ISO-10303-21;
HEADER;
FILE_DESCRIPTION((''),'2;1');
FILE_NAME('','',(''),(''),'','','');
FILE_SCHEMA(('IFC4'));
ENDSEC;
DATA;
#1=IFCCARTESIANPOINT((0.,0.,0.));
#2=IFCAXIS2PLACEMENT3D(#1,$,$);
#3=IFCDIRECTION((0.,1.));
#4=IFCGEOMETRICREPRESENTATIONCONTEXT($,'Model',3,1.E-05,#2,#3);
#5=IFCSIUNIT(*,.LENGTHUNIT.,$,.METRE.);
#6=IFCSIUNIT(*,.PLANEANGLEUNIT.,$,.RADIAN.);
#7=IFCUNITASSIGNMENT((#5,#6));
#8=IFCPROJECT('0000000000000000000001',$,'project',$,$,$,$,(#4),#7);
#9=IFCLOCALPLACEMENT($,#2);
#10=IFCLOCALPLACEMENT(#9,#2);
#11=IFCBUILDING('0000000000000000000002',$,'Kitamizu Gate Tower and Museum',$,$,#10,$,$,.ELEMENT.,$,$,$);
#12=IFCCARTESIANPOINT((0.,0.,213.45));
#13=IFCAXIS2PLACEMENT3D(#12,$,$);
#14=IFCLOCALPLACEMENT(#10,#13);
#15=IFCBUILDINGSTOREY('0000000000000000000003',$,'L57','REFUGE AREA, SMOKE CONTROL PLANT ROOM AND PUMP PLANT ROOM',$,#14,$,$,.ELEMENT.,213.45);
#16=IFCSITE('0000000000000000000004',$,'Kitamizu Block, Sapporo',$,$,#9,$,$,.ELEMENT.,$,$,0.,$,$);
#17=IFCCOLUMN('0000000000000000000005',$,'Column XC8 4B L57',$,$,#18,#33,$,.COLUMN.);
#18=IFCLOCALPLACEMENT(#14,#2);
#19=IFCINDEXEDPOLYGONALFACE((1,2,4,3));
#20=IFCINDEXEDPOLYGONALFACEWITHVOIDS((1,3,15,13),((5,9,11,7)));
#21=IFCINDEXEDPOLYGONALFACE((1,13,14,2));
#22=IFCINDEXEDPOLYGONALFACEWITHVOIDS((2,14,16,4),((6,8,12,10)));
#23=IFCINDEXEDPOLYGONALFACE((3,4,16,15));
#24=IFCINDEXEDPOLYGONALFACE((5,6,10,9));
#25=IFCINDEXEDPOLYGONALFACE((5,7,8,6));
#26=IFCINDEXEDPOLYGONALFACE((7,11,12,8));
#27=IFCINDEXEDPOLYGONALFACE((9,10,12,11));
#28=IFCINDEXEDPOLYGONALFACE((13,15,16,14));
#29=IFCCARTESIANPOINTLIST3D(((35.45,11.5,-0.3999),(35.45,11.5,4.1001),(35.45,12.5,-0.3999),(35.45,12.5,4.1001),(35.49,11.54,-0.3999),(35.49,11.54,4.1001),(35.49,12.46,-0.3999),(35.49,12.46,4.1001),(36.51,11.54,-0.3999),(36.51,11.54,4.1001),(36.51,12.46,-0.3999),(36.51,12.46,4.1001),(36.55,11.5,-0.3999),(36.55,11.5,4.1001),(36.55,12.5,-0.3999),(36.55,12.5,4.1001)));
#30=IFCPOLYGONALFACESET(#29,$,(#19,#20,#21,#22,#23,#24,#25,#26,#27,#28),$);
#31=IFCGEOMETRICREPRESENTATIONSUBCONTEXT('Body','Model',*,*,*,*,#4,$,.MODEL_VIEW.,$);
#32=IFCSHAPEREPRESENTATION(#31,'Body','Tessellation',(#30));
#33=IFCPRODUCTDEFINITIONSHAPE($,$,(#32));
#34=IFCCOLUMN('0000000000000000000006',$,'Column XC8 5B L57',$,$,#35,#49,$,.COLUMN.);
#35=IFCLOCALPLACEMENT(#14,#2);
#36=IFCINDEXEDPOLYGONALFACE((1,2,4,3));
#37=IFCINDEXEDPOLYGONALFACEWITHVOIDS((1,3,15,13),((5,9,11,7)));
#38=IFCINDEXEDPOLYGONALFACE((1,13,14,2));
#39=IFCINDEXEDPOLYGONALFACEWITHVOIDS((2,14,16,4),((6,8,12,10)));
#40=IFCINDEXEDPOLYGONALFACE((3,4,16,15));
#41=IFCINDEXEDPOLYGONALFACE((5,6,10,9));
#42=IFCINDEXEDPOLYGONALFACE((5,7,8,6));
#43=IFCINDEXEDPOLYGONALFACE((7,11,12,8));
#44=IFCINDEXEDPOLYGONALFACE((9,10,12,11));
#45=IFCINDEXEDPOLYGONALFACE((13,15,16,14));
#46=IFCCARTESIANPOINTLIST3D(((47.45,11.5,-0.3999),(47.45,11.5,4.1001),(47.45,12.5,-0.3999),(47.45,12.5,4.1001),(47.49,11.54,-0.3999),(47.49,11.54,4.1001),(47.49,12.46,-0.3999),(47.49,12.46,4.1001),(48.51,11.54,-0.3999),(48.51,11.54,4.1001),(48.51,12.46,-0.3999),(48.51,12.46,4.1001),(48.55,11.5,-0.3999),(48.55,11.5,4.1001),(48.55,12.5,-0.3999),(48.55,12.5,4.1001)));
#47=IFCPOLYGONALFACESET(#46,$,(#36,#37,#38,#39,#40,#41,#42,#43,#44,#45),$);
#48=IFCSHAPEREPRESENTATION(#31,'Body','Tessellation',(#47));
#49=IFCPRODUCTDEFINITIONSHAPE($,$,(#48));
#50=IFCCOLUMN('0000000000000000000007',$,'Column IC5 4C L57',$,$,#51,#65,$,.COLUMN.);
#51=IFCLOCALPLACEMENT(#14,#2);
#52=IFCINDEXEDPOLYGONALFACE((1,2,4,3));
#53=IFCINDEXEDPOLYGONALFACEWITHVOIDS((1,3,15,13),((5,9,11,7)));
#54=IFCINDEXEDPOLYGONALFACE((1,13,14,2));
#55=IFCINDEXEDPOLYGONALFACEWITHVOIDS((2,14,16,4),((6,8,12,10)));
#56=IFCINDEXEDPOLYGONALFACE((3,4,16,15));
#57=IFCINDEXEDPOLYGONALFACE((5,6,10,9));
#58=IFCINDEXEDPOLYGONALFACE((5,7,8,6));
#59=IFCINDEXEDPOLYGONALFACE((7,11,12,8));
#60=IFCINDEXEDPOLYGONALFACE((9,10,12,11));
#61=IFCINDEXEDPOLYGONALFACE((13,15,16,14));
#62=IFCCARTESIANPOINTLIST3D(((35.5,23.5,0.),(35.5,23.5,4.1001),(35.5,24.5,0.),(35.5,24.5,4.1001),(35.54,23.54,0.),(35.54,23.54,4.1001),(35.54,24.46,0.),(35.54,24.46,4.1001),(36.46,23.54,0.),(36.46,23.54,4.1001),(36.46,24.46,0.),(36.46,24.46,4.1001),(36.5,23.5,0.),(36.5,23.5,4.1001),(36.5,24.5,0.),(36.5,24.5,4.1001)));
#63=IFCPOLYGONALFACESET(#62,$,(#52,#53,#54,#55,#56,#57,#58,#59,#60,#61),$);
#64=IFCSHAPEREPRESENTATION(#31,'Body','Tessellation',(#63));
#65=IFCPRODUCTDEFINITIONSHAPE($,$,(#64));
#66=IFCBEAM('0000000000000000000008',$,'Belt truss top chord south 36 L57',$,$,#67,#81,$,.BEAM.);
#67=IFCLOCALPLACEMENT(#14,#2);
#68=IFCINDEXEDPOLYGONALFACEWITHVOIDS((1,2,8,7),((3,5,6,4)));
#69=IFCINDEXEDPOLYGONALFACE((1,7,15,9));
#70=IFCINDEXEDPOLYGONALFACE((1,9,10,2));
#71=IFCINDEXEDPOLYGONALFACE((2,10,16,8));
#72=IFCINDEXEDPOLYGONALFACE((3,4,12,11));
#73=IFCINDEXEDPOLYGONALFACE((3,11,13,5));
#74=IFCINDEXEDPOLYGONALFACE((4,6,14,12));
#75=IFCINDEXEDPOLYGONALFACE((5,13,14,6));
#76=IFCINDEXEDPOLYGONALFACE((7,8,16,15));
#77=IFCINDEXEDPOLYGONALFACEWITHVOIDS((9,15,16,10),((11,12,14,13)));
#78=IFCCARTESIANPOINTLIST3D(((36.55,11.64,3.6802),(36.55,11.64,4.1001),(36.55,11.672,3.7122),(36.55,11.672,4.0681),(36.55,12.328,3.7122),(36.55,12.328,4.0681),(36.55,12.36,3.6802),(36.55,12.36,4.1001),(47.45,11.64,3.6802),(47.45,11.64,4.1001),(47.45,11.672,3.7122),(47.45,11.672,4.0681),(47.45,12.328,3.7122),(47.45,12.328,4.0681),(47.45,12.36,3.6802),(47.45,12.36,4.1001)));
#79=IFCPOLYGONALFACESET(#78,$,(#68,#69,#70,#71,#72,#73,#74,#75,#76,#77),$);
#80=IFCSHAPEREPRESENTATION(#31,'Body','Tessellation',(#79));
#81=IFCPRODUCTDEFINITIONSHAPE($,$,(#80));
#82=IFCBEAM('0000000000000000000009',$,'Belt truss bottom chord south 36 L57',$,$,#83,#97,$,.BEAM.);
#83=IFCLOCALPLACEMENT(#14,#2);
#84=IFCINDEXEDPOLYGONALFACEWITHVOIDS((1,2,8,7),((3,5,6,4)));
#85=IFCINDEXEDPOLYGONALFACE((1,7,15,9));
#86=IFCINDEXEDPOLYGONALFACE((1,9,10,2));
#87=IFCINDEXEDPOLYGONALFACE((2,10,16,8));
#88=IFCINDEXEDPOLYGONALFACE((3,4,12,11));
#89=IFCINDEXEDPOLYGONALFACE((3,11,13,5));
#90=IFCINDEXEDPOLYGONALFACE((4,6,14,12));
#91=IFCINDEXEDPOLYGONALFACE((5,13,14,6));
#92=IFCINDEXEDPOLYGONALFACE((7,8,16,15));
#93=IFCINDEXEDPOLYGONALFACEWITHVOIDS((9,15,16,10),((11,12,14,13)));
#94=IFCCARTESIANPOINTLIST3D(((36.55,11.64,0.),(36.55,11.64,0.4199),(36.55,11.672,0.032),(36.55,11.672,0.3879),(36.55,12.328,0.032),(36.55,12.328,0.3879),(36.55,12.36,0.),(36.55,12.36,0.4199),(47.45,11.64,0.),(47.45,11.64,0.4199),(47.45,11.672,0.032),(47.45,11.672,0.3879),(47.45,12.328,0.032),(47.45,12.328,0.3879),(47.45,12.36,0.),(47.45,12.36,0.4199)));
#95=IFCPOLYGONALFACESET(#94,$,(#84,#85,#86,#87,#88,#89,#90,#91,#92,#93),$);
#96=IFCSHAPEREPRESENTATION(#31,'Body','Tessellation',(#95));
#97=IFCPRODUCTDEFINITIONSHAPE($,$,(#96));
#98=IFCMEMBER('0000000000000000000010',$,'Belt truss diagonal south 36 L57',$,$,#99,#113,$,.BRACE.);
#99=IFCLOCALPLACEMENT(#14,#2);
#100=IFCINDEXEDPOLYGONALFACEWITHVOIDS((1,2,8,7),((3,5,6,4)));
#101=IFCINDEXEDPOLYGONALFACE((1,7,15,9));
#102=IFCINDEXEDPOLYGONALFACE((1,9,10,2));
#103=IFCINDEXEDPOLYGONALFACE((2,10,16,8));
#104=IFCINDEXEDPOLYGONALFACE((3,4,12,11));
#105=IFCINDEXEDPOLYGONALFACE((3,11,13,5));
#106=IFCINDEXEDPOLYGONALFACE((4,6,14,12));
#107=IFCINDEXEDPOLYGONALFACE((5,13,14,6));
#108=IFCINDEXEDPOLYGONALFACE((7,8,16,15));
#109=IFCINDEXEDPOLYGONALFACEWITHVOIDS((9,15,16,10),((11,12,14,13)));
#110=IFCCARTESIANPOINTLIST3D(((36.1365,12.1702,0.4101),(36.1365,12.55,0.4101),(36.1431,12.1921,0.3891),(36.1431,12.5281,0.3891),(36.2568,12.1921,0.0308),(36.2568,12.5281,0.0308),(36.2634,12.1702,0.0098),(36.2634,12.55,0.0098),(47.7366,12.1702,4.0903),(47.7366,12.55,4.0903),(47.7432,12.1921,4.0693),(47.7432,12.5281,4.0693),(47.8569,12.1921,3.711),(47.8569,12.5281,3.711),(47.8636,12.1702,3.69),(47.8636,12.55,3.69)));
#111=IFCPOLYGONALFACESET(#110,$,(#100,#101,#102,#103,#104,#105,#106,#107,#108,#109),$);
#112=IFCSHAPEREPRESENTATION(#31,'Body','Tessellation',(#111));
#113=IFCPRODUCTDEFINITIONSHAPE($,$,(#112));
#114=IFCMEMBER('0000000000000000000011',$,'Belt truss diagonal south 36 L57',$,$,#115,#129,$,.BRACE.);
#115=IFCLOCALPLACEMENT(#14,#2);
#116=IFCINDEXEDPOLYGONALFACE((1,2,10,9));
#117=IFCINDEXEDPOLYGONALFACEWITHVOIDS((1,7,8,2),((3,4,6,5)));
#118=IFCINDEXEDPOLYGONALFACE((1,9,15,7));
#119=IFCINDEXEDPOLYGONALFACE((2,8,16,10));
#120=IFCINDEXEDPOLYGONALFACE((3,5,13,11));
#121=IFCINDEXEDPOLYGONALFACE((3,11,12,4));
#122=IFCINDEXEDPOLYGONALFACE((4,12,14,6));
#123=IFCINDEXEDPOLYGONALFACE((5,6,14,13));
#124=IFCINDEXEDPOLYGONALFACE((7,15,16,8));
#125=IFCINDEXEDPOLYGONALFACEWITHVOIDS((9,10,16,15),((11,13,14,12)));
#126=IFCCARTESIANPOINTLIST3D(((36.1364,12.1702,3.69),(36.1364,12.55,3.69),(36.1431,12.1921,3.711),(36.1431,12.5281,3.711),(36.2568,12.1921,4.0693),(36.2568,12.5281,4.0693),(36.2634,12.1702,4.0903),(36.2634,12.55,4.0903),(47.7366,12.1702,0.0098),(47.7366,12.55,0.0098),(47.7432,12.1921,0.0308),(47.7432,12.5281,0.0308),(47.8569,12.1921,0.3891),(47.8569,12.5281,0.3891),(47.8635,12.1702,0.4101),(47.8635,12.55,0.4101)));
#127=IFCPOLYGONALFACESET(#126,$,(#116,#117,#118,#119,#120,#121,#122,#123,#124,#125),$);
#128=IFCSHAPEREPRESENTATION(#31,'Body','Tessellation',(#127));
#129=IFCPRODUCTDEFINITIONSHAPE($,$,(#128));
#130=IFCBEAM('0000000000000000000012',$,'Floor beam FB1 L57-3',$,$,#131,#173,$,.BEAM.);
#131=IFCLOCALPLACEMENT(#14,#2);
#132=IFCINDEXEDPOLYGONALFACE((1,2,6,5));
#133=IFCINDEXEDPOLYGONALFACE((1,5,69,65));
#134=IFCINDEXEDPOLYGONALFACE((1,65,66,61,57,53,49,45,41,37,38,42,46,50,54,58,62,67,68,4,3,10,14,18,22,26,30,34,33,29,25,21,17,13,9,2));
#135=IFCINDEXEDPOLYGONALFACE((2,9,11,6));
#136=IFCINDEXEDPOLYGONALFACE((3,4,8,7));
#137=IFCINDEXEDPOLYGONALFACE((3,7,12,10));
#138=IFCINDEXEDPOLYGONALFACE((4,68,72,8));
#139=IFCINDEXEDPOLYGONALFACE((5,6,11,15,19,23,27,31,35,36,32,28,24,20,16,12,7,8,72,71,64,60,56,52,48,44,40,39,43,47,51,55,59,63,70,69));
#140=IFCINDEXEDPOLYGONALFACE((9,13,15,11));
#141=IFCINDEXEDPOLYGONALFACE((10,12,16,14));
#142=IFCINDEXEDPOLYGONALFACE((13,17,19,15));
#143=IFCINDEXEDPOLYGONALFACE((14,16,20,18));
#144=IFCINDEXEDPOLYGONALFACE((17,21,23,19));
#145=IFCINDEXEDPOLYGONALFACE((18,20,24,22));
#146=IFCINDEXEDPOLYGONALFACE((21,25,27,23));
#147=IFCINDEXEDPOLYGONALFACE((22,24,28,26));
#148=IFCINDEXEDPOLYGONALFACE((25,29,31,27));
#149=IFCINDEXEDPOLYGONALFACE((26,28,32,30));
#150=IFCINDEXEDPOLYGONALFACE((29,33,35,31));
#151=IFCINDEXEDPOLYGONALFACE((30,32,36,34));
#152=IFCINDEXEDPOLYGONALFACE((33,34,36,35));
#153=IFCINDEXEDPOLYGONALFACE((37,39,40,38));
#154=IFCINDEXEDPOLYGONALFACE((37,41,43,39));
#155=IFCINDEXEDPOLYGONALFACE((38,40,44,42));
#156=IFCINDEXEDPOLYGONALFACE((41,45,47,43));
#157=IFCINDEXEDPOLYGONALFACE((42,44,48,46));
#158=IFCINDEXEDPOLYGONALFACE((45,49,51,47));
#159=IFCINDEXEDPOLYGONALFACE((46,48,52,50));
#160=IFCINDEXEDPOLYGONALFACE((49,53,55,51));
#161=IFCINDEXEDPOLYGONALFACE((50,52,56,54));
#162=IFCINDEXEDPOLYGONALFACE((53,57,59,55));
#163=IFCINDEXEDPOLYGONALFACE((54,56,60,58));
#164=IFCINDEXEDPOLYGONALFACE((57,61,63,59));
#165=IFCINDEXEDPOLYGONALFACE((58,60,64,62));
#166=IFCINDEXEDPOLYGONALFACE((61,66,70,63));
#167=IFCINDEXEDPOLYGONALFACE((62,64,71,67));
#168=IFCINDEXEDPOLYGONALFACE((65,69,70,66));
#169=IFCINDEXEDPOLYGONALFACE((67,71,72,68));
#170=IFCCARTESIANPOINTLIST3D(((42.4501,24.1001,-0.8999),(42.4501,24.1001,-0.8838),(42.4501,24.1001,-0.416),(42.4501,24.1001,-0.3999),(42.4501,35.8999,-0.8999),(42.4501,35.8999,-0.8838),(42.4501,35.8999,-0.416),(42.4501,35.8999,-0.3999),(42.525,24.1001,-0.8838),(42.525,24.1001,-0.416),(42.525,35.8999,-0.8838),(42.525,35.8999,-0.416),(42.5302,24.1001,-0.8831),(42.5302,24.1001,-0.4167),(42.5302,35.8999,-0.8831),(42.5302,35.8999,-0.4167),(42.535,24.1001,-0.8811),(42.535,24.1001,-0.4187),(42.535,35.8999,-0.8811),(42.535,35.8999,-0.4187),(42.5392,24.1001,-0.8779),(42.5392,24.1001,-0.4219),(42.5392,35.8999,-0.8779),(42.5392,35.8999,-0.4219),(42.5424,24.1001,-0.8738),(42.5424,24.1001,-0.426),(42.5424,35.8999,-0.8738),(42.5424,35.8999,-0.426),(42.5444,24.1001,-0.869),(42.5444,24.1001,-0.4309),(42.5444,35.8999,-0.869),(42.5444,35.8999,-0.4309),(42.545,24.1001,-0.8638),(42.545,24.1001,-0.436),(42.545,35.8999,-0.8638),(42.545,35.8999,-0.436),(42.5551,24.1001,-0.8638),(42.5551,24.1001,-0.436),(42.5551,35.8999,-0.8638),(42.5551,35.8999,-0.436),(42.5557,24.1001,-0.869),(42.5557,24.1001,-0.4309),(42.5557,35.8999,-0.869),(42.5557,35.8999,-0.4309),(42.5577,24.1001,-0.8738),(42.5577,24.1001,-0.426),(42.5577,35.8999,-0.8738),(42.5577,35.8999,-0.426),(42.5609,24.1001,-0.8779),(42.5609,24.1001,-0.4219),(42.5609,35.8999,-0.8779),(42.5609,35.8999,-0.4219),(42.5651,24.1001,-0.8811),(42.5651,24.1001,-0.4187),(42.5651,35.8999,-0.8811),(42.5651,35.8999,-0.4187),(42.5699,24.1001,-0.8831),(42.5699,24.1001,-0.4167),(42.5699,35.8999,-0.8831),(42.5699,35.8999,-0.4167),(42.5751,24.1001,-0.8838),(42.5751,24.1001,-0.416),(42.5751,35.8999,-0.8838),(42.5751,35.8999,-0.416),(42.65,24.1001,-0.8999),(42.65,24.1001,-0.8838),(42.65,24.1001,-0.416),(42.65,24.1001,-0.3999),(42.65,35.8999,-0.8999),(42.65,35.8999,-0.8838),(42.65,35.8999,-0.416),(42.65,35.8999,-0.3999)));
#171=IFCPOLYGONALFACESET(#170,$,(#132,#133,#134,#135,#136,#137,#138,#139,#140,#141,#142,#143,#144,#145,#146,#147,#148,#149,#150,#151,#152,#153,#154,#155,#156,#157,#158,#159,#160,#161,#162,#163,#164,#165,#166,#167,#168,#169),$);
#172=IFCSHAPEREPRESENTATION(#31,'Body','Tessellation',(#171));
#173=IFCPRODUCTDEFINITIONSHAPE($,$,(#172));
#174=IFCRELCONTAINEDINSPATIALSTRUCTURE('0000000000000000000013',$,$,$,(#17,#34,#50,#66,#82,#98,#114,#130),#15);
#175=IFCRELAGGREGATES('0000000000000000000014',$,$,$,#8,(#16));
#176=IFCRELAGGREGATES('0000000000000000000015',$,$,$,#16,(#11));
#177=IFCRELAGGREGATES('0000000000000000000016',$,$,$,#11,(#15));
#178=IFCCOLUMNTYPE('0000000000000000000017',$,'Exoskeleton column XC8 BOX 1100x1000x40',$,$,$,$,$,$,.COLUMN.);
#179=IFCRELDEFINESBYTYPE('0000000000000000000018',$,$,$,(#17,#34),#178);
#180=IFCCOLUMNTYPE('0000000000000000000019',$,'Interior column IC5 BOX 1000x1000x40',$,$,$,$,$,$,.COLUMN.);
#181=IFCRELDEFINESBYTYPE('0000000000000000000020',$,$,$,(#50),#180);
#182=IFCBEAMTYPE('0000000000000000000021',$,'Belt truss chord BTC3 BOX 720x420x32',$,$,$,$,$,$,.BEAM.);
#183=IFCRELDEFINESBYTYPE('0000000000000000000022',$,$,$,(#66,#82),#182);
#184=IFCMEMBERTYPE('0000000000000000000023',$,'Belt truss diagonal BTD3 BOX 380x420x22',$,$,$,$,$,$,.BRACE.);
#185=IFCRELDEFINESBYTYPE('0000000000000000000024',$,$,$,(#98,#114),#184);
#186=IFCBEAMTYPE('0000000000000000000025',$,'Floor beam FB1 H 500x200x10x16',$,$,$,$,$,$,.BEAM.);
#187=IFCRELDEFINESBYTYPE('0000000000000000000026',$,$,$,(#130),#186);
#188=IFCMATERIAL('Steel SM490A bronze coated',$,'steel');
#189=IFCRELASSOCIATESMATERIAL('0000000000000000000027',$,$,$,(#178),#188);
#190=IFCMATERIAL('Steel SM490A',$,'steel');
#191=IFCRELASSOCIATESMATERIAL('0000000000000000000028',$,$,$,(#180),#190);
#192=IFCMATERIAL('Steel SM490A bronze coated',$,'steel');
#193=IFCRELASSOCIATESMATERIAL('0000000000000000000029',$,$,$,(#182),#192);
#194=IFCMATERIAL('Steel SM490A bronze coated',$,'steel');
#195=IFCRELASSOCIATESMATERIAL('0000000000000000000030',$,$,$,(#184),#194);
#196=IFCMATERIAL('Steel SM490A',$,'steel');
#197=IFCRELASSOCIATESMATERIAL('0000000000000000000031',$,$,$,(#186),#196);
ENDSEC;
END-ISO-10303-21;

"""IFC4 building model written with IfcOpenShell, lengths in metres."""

from ifc_helpers import new_model, si_unit, direction, frame, origin, origin_2d, place, context, subcontext, project, spatial, hollow_rectangle, i_section, extrude, material, material_profile, profile_set, type_object, element, save


model = new_model("IFC4")

# Units and contexts
model_context = context("Model", 3, precision=1e-05, world=origin(), true_north=direction((0.0, 1.0)))
body_context = subcontext(model_context, "Body", "Model", "MODEL_VIEW")
ifc_project = project(units=[si_unit("LENGTHUNIT", "METRE"), si_unit("PLANEANGLEUNIT", "RADIAN")], contexts=[model_context])

# Site, building, storey
site_placement = place(None, origin())
site = spatial("IfcSite", under=ifc_project, at=site_placement, Name="Kitamizu Block, Sapporo", CompositionType="ELEMENT", RefElevation=0.0)
building_placement = place(site_placement, origin())
building = spatial("IfcBuilding", under=site, at=building_placement, Name="Kitamizu Gate Tower and Museum", CompositionType="ELEMENT")
storey_placement = place(building_placement, frame((0.0, 0.0, 213.45)))
storey = spatial("IfcBuildingStorey", under=building, at=storey_placement, Name="L57", Description="REFUGE AREA, SMOKE CONTROL PLANT ROOM AND PUMP PLANT ROOM", CompositionType="ELEMENT", Elevation=213.45)

# Columns
ifc_material_1 = material(Name="Steel SM490A bronze coated", Category="steel")
ifc_material_profile_1 = material_profile(ifc_material_1, hollow_rectangle(XDim=1.1001, YDim=1.0, WallThickness=0.04, at=origin_2d()), Name="BOX 1100x1000x40")
ifc_profile_set_1 = profile_set([ifc_material_profile_1], Name="Steel SM490A bronze coated")
column_type_1 = type_object("IfcColumnType", Name="Exoskeleton column XC8 BOX 1100x1000x40", PredefinedType="COLUMN", material=ifc_profile_set_1)
for number, where, z_axis, x_axis, name in (
    (1, (36.0, 12.0, -0.3999), (0.0, 0.0, 1.0), (1.0, 0.0, 0.0), "Column XC8 4B L57"),
    (2, (48.0, 12.0, -0.3999), (0.0, 0.0, 1.0), (1.0, 0.0, 0.0), "Column XC8 5B L57"),
):
    element("IfcColumn", number, at=place(storey_placement, frame(where, z_axis=z_axis, x_axis=x_axis)), inside=storey, type_object=column_type_1, Name=name, PredefinedType="COLUMN", context=body_context, shape_type="SweptSolid", body=[
        extrude(hollow_rectangle(XDim=1.1001, YDim=1.0, WallThickness=0.04, at=origin_2d()), origin(), (0.0, 0.0, 1.0), 4.5),
    ])
ifc_material_2 = material(Name="Steel SM490A", Category="steel")
ifc_material_profile_2 = material_profile(ifc_material_2, hollow_rectangle(XDim=1.0, YDim=1.0, WallThickness=0.04, at=origin_2d()), Name="BOX 1000x1000x40")
ifc_profile_set_2 = profile_set([ifc_material_profile_2], Name="Steel SM490A")
column_type_2 = type_object("IfcColumnType", Name="Interior column IC5 BOX 1000x1000x40", PredefinedType="COLUMN", material=ifc_profile_set_2)
column_placement = place(storey_placement, frame((36.0, 24.0, 0.0), z_axis=(0.0, 0.0, 1.0), x_axis=(1.0, 0.0, 0.0)))
element("IfcColumn", 3, at=column_placement, inside=storey, type_object=column_type_2, Name="Column IC5 4C L57", PredefinedType="COLUMN", context=body_context, shape_type="SweptSolid", body=[
    extrude(hollow_rectangle(XDim=1.0, YDim=1.0, WallThickness=0.04, at=origin_2d()), origin(), (0.0, 0.0, 1.0), 4.1001),
])

# Beams
ifc_material_3 = material(Name="Steel SM490A bronze coated", Category="steel")
ifc_material_profile_3 = material_profile(ifc_material_3, hollow_rectangle(XDim=0.72, YDim=0.4199, WallThickness=0.032, at=origin_2d()), Name="BOX 720x420x32")
ifc_profile_set_3 = profile_set([ifc_material_profile_3], Name="Steel SM490A bronze coated")
beam_type_1 = type_object("IfcBeamType", Name="Belt truss chord BTC3 BOX 720x420x32", PredefinedType="BEAM", material=ifc_profile_set_3)
for number, where, z_axis, x_axis, name in (
    (4, (36.55, 12.0, 3.8901), (1.0, 0.0, 0.0), (0.0, 1.0, 0.0), "Belt truss top chord south 36 L57"),
    (5, (36.55, 12.0, 0.21), (1.0, 0.0, 0.0), (0.0, 1.0, 0.0), "Belt truss bottom chord south 36 L57"),
):
    element("IfcBeam", number, at=place(storey_placement, frame(where, z_axis=z_axis, x_axis=x_axis)), inside=storey, type_object=beam_type_1, Name=name, PredefinedType="BEAM", context=body_context, shape_type="SweptSolid", body=[
        extrude(hollow_rectangle(XDim=0.72, YDim=0.4199, WallThickness=0.032, at=origin_2d()), origin(), (0.0, 0.0, 1.0), 10.8999),
    ])

# Members
ifc_material_4 = material(Name="Steel SM490A bronze coated", Category="steel")
ifc_material_profile_4 = material_profile(ifc_material_4, hollow_rectangle(XDim=0.3799, YDim=0.4199, WallThickness=0.022, at=origin_2d()), Name="BOX 380x420x22")
ifc_profile_set_4 = profile_set([ifc_material_profile_4], Name="Steel SM490A bronze coated")
member_type = type_object("IfcMemberType", Name="Belt truss diagonal BTD3 BOX 380x420x22", PredefinedType="BRACE", material=ifc_profile_set_4)
for number, where, z_axis, x_axis, name in (
    (6, (36.2, 12.3601, 0.21), (0.953181, 0.0, 0.3024), (0.0, 1.0, 0.0), "Belt truss diagonal south 36 L57"),
    (7, (47.8, 12.3601, 0.21), (-0.953181, 0.0, 0.3024), (0.0, -1.0, 0.0), "Belt truss diagonal south 36 L57"),
):
    element("IfcMember", number, at=place(storey_placement, frame(where, z_axis=z_axis, x_axis=x_axis)), inside=storey, type_object=member_type, Name=name, PredefinedType="BRACE", context=body_context, shape_type="SweptSolid", body=[
        extrude(hollow_rectangle(XDim=0.3799, YDim=0.4199, WallThickness=0.022, at=origin_2d()), origin(), (0.0, 0.0, 1.0), 12.1699),
    ])

# Beam
ifc_material_5 = material(Name="Steel SM490A", Category="steel")
ifc_material_profile_5 = material_profile(ifc_material_5, i_section(OverallWidth=0.2, OverallDepth=0.5, WebThickness=0.01, FlangeThickness=0.0161, FilletRadius=0.02, at=origin_2d()), Name="H-500x200x10x16")
ifc_profile_set_5 = profile_set([ifc_material_profile_5], Name="Steel SM490A")
beam_type_2 = type_object("IfcBeamType", Name="Floor beam FB1 H 500x200x10x16", PredefinedType="BEAM", material=ifc_profile_set_5)
beam_1_placement = place(storey_placement, frame((42.55, 24.1001, -0.6499), z_axis=(0.0, 1.0, 0.0), x_axis=(-1.0, 0.0, 0.0)))
element("IfcBeam", 8, at=beam_1_placement, inside=storey, type_object=beam_type_2, Name="Floor beam FB1 L57-3", PredefinedType="BEAM", context=body_context, shape_type="SweptSolid", body=[
    extrude(i_section(OverallWidth=0.2, OverallDepth=0.5, WebThickness=0.01, FlangeThickness=0.0161, FilletRadius=0.02, at=origin_2d()), origin(), (0.0, 0.0, 1.0), 11.7998),
])

save(model, "model.ifc")
